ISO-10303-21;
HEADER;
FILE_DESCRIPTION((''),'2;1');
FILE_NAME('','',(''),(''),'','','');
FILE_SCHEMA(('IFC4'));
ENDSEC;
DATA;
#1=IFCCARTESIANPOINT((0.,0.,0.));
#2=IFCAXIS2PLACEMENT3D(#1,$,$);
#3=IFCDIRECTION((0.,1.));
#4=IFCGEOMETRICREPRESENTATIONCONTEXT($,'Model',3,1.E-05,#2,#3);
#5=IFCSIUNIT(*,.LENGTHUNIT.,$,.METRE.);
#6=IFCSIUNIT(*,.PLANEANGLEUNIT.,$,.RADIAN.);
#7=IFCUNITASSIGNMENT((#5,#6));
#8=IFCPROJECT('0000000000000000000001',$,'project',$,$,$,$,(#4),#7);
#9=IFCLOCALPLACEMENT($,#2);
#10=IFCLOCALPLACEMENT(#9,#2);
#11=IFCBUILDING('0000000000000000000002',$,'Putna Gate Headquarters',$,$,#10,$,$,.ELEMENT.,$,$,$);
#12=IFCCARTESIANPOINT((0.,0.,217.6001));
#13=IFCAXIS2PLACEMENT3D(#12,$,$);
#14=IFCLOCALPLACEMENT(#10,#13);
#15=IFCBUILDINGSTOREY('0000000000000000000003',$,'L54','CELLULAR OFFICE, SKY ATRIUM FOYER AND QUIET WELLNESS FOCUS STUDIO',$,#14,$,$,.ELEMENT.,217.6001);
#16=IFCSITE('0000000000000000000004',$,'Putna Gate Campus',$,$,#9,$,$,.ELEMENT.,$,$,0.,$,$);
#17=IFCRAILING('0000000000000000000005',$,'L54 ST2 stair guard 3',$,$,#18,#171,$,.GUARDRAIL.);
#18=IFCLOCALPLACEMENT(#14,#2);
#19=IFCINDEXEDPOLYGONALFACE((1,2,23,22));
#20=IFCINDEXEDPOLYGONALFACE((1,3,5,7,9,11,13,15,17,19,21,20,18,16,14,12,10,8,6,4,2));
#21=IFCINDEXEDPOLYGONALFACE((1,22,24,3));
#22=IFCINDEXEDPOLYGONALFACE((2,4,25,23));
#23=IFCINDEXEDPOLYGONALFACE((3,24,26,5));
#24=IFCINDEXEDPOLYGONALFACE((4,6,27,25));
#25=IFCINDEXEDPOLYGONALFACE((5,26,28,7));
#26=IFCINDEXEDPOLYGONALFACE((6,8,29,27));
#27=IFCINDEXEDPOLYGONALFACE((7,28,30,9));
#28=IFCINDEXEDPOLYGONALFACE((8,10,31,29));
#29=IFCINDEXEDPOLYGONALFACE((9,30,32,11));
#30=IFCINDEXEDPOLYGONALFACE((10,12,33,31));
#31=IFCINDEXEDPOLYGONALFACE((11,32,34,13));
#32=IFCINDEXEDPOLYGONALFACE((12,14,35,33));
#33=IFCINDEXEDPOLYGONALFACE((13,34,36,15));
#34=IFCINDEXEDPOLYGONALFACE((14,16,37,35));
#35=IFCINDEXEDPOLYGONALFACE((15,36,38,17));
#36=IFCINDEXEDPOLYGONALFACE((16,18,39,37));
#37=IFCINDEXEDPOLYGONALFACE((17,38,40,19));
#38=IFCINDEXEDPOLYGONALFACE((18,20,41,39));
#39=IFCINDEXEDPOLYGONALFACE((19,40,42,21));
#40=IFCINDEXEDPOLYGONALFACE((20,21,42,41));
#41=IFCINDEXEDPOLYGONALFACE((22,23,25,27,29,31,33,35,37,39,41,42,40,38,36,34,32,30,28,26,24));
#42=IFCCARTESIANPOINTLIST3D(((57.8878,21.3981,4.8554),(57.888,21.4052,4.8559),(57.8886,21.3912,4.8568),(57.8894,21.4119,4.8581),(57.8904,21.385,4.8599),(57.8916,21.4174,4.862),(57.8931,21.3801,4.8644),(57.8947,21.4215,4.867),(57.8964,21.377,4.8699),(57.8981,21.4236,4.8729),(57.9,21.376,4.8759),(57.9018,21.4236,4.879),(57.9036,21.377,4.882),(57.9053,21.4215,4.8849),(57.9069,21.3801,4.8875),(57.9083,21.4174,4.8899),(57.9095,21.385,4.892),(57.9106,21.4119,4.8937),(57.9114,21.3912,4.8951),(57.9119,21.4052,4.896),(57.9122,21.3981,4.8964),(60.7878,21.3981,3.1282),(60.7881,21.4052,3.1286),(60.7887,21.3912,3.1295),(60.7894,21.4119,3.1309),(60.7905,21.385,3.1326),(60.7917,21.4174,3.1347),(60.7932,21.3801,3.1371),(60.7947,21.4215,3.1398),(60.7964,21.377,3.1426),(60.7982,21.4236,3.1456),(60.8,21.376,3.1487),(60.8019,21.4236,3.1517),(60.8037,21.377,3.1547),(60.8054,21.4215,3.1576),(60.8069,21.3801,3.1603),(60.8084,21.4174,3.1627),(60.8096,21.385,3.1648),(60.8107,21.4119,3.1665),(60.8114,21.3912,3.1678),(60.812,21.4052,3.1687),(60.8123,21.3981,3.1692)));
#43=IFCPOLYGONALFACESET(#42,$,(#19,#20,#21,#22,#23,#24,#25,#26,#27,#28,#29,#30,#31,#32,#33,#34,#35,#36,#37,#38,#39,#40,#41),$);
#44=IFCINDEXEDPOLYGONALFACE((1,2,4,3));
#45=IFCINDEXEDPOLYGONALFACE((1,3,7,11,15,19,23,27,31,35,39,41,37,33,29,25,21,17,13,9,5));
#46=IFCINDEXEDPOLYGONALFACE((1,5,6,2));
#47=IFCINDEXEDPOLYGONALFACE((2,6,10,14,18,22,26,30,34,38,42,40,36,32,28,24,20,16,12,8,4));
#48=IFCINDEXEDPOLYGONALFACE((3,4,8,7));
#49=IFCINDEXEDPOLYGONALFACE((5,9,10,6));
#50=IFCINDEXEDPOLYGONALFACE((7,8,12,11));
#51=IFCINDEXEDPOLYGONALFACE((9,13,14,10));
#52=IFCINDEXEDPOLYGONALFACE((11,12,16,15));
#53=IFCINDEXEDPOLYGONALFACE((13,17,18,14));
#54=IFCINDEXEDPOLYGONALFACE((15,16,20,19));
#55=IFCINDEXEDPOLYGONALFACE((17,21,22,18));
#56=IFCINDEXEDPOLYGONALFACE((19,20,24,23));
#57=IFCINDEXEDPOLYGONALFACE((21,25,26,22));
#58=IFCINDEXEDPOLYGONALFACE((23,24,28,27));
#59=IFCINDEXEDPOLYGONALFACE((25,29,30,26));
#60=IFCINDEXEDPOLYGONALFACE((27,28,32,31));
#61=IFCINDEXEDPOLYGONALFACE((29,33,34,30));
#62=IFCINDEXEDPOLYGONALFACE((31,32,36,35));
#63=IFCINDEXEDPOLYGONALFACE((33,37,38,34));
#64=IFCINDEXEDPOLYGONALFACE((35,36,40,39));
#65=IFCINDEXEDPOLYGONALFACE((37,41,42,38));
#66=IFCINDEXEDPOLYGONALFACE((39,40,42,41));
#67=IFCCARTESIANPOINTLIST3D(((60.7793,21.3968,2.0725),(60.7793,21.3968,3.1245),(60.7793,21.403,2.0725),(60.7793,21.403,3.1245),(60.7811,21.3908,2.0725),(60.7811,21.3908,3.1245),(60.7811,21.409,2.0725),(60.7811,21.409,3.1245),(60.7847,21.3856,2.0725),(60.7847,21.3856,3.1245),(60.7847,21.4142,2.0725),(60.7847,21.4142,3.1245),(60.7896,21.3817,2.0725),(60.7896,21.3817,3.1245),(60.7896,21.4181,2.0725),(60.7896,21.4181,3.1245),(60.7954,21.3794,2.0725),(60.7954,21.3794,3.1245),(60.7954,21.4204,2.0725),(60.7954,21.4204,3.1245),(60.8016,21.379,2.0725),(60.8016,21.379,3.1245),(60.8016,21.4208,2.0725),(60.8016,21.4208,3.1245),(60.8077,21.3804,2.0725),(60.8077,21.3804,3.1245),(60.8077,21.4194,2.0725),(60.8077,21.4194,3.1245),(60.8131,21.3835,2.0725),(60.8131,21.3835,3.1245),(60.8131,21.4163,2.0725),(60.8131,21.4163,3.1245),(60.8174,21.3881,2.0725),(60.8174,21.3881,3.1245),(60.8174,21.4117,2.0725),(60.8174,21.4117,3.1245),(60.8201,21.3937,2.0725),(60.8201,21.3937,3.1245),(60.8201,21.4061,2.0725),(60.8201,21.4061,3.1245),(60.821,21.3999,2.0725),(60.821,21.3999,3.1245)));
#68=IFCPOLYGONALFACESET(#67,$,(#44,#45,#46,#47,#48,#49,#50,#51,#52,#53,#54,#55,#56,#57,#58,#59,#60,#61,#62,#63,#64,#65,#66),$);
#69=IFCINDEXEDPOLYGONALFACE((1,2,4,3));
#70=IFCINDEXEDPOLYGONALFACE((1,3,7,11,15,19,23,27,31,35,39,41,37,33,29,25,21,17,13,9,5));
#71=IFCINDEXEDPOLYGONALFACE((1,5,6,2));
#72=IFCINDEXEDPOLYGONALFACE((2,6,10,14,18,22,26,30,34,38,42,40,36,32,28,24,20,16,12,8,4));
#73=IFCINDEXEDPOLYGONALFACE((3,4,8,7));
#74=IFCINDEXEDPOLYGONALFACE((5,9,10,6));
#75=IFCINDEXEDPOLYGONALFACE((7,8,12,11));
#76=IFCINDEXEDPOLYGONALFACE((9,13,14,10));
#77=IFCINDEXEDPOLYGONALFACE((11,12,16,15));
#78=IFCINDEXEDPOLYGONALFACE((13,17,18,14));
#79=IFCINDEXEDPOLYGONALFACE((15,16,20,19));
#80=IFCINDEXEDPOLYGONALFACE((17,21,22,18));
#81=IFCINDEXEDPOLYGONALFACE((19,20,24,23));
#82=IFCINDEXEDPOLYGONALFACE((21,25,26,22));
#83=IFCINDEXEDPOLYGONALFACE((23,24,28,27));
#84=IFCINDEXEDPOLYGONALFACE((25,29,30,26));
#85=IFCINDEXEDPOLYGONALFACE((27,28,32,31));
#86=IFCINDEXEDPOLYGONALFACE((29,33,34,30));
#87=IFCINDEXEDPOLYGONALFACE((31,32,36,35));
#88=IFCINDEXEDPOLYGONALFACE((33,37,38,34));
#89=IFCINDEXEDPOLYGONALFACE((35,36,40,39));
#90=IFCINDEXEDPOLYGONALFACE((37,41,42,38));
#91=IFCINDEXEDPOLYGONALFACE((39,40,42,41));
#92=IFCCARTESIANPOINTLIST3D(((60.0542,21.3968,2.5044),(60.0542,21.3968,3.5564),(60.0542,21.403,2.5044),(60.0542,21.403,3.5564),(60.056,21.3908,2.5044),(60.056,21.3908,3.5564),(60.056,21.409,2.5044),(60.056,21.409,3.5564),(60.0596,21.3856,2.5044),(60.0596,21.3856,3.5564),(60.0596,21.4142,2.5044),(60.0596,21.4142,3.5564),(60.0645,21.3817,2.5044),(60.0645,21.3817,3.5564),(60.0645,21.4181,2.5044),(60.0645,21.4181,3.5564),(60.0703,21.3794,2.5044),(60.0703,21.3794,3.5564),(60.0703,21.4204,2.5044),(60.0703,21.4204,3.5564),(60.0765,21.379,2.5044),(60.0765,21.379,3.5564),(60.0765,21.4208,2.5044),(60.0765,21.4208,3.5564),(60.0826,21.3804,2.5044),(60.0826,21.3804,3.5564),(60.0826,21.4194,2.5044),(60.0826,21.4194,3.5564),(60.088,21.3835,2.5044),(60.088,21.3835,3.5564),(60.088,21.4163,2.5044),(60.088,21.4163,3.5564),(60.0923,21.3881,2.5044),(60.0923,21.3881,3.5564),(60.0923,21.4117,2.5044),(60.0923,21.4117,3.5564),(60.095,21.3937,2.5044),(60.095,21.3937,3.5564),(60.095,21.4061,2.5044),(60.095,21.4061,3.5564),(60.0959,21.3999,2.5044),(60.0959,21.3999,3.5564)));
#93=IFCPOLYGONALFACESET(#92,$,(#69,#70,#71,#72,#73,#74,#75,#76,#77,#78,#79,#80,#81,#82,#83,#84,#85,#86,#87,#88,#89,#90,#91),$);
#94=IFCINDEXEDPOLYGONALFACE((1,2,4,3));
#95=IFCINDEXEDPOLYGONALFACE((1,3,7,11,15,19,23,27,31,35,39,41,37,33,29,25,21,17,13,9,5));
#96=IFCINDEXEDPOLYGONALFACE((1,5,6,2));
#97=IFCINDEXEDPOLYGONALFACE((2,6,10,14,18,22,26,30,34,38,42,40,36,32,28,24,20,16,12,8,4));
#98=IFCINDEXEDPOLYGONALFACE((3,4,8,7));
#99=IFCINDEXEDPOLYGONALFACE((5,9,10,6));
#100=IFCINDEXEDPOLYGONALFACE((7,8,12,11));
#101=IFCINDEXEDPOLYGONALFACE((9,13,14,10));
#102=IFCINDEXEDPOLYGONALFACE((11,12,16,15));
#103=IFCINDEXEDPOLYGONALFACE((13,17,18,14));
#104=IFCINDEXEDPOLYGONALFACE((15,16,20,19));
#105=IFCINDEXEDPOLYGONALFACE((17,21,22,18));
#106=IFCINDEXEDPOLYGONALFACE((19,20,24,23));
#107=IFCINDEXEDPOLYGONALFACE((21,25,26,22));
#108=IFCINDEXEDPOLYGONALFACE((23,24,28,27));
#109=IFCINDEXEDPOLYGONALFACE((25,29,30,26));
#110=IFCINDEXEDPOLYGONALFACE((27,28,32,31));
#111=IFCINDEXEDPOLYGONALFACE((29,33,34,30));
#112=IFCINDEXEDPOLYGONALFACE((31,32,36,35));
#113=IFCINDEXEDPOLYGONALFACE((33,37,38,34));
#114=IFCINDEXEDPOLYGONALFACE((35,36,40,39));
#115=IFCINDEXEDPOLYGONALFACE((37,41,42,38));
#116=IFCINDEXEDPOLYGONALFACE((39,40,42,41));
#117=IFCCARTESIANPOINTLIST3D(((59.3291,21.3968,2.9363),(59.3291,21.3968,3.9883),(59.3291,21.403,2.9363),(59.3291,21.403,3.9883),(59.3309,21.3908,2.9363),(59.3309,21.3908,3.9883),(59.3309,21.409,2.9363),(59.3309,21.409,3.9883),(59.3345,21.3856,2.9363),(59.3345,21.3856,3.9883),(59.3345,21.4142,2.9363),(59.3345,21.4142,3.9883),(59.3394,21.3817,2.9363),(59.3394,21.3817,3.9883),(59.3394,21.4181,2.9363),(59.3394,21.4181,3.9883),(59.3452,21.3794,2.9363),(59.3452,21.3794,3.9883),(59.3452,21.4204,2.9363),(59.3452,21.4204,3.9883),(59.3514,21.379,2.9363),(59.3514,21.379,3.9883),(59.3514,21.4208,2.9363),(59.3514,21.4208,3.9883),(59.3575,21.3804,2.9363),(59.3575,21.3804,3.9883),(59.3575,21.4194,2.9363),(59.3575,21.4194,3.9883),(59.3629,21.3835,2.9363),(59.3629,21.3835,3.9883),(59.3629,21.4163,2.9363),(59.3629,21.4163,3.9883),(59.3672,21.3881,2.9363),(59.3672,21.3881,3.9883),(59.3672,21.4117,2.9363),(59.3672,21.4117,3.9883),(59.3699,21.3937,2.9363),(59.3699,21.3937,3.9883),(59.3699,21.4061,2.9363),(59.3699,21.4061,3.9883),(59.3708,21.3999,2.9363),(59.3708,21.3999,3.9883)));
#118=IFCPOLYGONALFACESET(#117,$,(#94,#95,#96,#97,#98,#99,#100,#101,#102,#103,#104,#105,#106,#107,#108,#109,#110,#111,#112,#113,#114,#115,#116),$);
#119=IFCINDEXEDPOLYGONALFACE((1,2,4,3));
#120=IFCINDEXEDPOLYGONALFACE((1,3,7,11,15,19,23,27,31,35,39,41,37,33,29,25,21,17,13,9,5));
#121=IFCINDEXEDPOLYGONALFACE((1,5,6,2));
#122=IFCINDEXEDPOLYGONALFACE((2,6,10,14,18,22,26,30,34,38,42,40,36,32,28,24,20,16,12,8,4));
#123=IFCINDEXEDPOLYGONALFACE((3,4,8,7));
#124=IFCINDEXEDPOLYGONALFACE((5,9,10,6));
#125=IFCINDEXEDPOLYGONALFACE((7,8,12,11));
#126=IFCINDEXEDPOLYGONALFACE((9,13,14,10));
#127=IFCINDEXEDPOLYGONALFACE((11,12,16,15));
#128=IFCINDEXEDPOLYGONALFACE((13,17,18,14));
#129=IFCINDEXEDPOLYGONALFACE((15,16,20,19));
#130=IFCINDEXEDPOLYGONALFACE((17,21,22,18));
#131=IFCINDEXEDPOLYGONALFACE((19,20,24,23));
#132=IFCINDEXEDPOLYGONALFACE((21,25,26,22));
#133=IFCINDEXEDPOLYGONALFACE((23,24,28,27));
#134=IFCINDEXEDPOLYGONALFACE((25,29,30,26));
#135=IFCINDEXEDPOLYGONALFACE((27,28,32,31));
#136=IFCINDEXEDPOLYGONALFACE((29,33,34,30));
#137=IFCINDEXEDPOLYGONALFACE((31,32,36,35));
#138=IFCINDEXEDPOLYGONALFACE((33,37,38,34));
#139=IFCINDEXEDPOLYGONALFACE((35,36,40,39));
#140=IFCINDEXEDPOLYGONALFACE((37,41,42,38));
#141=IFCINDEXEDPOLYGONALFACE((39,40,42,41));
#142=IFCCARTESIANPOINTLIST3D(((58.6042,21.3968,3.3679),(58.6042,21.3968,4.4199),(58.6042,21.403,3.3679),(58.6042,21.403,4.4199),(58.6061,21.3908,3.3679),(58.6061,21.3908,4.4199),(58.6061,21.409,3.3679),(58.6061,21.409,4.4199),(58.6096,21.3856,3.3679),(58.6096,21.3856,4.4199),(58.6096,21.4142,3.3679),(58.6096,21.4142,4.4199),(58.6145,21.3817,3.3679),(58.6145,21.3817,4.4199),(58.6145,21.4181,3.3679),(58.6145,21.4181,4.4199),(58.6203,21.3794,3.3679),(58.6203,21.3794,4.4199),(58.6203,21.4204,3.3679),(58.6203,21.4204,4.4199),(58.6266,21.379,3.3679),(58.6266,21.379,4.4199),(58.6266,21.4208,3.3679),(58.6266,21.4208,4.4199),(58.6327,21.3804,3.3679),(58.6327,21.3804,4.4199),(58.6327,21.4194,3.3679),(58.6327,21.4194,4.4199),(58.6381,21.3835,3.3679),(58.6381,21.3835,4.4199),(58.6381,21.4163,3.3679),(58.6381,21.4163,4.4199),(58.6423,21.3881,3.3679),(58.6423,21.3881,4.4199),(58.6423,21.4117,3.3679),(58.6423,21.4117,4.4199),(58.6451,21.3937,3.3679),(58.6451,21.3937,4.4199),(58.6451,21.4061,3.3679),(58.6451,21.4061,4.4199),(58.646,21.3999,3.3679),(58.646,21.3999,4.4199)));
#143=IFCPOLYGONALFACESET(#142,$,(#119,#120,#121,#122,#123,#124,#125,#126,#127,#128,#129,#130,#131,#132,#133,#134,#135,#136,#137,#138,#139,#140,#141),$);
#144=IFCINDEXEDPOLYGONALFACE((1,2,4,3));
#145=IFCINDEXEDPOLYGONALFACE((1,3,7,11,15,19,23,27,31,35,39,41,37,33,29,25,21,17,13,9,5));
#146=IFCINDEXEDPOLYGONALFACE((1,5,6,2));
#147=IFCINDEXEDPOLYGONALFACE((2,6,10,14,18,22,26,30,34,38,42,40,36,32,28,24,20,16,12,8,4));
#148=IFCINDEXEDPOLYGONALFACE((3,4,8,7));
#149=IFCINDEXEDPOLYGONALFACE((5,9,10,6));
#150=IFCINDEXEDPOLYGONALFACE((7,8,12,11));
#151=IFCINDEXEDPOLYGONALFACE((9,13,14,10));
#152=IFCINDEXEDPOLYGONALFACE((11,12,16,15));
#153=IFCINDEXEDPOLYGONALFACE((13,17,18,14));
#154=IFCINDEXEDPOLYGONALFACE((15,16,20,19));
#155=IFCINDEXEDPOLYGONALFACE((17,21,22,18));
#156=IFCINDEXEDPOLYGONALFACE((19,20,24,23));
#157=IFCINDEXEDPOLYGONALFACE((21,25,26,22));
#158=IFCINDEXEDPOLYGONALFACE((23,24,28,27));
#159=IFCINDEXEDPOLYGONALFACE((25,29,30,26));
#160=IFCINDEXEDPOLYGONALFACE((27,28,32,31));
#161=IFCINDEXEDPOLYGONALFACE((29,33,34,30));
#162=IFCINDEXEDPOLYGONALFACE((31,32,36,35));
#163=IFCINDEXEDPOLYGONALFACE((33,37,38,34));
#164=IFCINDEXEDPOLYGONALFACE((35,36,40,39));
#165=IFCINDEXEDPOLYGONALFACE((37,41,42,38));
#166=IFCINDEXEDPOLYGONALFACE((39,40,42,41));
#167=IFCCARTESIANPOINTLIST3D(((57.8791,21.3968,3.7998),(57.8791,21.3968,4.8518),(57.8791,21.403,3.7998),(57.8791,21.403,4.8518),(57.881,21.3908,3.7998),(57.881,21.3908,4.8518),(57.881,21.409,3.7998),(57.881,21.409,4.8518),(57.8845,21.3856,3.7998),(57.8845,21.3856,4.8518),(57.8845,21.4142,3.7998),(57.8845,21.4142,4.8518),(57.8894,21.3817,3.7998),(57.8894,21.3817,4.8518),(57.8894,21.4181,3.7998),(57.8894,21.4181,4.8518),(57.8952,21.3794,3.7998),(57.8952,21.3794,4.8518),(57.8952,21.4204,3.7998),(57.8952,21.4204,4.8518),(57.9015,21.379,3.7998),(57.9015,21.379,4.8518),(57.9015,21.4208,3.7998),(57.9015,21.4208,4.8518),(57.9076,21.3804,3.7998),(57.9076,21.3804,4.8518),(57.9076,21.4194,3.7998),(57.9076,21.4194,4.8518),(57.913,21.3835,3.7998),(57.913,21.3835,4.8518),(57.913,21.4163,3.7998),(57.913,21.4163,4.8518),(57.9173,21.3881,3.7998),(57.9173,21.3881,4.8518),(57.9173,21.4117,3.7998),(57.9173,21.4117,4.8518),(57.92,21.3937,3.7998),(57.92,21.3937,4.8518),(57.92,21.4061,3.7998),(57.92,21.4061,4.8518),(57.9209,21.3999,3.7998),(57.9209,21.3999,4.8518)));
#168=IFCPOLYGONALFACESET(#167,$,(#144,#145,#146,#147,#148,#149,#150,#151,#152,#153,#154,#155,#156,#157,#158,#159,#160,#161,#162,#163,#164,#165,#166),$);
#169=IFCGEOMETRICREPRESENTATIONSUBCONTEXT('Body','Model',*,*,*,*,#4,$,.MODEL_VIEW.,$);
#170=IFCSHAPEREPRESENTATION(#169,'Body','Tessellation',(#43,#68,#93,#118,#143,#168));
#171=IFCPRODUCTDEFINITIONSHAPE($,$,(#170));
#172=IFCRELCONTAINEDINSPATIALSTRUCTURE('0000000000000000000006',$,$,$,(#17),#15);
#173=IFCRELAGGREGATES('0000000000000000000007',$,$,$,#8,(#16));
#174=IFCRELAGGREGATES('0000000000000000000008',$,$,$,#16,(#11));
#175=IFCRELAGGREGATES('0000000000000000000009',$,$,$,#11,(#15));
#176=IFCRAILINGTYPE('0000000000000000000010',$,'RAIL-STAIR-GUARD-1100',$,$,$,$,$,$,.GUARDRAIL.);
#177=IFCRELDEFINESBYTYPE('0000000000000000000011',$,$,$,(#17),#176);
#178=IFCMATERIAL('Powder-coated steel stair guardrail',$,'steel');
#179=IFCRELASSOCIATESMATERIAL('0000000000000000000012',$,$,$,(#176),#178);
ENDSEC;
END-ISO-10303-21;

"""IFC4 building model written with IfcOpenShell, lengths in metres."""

from ifc_helpers import new_model, si_unit, direction, frame, origin, origin_2d, place, context, subcontext, project, spatial, circle, extrude, material, type_object, element, save


model = new_model("IFC4")

# Units and contexts
model_context = context("Model", 3, precision=1e-05, world=origin(), true_north=direction((0.0, 1.0)))
body_context = subcontext(model_context, "Body", "Model", "MODEL_VIEW")
ifc_project = project(units=[si_unit("LENGTHUNIT", "METRE"), si_unit("PLANEANGLEUNIT", "RADIAN")], contexts=[model_context])

# Site, building, storey
site_placement = place(None, origin())
site = spatial("IfcSite", under=ifc_project, at=site_placement, Name="Putna Gate Campus", CompositionType="ELEMENT", RefElevation=0.0)
building_placement = place(site_placement, origin())
building = spatial("IfcBuilding", under=site, at=building_placement, Name="Putna Gate Headquarters", CompositionType="ELEMENT")
storey_placement = place(building_placement, frame((0.0, 0.0, 217.6001)))
storey = spatial("IfcBuildingStorey", under=building, at=storey_placement, Name="L54", Description="CELLULAR OFFICE, SKY ATRIUM FOYER AND QUIET WELLNESS FOCUS STUDIO", CompositionType="ELEMENT", Elevation=217.6001)

# Railing
ifc_material_1 = material(Name="Powder-coated steel stair guardrail", Category="steel")
railing_type_1 = type_object("IfcRailingType", Name="RAIL-STAIR-GUARD-1100", PredefinedType="GUARDRAIL", material=ifc_material_1)
railing_1_placement = place(storey_placement, frame((60.8, 21.3999, 2.0725)))
element("IfcRailing", 1, at=railing_1_placement, inside=storey, type_object=railing_type_1, Name="L54 ST2 stair guard 3", PredefinedType="GUARDRAIL", context=body_context, shape_type="SweptSolid", body=[
    extrude(circle(Radius=0.0239, at=origin_2d()), frame((0.0, 0.0, 1.0762), z_axis=(-0.85916, 0.0, 0.511706), x_axis=(0.0, -1.0, 0.0)), (0.0, 0.0, 1.0), 3.3755),
    extrude(circle(Radius=0.021, at=origin_2d()), origin(), (0.0, 0.0, 1.0), 1.052),
    extrude(circle(Radius=0.021, at=origin_2d()), frame((-0.7251, 0.0, 0.4319)), (0.0, 0.0, 1.0), 1.052),
    extrude(circle(Radius=0.021, at=origin_2d()), frame((-1.4502, 0.0, 0.8638)), (0.0, 0.0, 1.0), 1.052),
    extrude(circle(Radius=0.021, at=origin_2d()), frame((-2.175, 0.0, 1.2954)), (0.0, 0.0, 1.0), 1.052),
    extrude(circle(Radius=0.021, at=origin_2d()), frame((-2.9001, 0.0, 1.7273)), (0.0, 0.0, 1.0), 1.052),
])

save(model, "model.ifc")
